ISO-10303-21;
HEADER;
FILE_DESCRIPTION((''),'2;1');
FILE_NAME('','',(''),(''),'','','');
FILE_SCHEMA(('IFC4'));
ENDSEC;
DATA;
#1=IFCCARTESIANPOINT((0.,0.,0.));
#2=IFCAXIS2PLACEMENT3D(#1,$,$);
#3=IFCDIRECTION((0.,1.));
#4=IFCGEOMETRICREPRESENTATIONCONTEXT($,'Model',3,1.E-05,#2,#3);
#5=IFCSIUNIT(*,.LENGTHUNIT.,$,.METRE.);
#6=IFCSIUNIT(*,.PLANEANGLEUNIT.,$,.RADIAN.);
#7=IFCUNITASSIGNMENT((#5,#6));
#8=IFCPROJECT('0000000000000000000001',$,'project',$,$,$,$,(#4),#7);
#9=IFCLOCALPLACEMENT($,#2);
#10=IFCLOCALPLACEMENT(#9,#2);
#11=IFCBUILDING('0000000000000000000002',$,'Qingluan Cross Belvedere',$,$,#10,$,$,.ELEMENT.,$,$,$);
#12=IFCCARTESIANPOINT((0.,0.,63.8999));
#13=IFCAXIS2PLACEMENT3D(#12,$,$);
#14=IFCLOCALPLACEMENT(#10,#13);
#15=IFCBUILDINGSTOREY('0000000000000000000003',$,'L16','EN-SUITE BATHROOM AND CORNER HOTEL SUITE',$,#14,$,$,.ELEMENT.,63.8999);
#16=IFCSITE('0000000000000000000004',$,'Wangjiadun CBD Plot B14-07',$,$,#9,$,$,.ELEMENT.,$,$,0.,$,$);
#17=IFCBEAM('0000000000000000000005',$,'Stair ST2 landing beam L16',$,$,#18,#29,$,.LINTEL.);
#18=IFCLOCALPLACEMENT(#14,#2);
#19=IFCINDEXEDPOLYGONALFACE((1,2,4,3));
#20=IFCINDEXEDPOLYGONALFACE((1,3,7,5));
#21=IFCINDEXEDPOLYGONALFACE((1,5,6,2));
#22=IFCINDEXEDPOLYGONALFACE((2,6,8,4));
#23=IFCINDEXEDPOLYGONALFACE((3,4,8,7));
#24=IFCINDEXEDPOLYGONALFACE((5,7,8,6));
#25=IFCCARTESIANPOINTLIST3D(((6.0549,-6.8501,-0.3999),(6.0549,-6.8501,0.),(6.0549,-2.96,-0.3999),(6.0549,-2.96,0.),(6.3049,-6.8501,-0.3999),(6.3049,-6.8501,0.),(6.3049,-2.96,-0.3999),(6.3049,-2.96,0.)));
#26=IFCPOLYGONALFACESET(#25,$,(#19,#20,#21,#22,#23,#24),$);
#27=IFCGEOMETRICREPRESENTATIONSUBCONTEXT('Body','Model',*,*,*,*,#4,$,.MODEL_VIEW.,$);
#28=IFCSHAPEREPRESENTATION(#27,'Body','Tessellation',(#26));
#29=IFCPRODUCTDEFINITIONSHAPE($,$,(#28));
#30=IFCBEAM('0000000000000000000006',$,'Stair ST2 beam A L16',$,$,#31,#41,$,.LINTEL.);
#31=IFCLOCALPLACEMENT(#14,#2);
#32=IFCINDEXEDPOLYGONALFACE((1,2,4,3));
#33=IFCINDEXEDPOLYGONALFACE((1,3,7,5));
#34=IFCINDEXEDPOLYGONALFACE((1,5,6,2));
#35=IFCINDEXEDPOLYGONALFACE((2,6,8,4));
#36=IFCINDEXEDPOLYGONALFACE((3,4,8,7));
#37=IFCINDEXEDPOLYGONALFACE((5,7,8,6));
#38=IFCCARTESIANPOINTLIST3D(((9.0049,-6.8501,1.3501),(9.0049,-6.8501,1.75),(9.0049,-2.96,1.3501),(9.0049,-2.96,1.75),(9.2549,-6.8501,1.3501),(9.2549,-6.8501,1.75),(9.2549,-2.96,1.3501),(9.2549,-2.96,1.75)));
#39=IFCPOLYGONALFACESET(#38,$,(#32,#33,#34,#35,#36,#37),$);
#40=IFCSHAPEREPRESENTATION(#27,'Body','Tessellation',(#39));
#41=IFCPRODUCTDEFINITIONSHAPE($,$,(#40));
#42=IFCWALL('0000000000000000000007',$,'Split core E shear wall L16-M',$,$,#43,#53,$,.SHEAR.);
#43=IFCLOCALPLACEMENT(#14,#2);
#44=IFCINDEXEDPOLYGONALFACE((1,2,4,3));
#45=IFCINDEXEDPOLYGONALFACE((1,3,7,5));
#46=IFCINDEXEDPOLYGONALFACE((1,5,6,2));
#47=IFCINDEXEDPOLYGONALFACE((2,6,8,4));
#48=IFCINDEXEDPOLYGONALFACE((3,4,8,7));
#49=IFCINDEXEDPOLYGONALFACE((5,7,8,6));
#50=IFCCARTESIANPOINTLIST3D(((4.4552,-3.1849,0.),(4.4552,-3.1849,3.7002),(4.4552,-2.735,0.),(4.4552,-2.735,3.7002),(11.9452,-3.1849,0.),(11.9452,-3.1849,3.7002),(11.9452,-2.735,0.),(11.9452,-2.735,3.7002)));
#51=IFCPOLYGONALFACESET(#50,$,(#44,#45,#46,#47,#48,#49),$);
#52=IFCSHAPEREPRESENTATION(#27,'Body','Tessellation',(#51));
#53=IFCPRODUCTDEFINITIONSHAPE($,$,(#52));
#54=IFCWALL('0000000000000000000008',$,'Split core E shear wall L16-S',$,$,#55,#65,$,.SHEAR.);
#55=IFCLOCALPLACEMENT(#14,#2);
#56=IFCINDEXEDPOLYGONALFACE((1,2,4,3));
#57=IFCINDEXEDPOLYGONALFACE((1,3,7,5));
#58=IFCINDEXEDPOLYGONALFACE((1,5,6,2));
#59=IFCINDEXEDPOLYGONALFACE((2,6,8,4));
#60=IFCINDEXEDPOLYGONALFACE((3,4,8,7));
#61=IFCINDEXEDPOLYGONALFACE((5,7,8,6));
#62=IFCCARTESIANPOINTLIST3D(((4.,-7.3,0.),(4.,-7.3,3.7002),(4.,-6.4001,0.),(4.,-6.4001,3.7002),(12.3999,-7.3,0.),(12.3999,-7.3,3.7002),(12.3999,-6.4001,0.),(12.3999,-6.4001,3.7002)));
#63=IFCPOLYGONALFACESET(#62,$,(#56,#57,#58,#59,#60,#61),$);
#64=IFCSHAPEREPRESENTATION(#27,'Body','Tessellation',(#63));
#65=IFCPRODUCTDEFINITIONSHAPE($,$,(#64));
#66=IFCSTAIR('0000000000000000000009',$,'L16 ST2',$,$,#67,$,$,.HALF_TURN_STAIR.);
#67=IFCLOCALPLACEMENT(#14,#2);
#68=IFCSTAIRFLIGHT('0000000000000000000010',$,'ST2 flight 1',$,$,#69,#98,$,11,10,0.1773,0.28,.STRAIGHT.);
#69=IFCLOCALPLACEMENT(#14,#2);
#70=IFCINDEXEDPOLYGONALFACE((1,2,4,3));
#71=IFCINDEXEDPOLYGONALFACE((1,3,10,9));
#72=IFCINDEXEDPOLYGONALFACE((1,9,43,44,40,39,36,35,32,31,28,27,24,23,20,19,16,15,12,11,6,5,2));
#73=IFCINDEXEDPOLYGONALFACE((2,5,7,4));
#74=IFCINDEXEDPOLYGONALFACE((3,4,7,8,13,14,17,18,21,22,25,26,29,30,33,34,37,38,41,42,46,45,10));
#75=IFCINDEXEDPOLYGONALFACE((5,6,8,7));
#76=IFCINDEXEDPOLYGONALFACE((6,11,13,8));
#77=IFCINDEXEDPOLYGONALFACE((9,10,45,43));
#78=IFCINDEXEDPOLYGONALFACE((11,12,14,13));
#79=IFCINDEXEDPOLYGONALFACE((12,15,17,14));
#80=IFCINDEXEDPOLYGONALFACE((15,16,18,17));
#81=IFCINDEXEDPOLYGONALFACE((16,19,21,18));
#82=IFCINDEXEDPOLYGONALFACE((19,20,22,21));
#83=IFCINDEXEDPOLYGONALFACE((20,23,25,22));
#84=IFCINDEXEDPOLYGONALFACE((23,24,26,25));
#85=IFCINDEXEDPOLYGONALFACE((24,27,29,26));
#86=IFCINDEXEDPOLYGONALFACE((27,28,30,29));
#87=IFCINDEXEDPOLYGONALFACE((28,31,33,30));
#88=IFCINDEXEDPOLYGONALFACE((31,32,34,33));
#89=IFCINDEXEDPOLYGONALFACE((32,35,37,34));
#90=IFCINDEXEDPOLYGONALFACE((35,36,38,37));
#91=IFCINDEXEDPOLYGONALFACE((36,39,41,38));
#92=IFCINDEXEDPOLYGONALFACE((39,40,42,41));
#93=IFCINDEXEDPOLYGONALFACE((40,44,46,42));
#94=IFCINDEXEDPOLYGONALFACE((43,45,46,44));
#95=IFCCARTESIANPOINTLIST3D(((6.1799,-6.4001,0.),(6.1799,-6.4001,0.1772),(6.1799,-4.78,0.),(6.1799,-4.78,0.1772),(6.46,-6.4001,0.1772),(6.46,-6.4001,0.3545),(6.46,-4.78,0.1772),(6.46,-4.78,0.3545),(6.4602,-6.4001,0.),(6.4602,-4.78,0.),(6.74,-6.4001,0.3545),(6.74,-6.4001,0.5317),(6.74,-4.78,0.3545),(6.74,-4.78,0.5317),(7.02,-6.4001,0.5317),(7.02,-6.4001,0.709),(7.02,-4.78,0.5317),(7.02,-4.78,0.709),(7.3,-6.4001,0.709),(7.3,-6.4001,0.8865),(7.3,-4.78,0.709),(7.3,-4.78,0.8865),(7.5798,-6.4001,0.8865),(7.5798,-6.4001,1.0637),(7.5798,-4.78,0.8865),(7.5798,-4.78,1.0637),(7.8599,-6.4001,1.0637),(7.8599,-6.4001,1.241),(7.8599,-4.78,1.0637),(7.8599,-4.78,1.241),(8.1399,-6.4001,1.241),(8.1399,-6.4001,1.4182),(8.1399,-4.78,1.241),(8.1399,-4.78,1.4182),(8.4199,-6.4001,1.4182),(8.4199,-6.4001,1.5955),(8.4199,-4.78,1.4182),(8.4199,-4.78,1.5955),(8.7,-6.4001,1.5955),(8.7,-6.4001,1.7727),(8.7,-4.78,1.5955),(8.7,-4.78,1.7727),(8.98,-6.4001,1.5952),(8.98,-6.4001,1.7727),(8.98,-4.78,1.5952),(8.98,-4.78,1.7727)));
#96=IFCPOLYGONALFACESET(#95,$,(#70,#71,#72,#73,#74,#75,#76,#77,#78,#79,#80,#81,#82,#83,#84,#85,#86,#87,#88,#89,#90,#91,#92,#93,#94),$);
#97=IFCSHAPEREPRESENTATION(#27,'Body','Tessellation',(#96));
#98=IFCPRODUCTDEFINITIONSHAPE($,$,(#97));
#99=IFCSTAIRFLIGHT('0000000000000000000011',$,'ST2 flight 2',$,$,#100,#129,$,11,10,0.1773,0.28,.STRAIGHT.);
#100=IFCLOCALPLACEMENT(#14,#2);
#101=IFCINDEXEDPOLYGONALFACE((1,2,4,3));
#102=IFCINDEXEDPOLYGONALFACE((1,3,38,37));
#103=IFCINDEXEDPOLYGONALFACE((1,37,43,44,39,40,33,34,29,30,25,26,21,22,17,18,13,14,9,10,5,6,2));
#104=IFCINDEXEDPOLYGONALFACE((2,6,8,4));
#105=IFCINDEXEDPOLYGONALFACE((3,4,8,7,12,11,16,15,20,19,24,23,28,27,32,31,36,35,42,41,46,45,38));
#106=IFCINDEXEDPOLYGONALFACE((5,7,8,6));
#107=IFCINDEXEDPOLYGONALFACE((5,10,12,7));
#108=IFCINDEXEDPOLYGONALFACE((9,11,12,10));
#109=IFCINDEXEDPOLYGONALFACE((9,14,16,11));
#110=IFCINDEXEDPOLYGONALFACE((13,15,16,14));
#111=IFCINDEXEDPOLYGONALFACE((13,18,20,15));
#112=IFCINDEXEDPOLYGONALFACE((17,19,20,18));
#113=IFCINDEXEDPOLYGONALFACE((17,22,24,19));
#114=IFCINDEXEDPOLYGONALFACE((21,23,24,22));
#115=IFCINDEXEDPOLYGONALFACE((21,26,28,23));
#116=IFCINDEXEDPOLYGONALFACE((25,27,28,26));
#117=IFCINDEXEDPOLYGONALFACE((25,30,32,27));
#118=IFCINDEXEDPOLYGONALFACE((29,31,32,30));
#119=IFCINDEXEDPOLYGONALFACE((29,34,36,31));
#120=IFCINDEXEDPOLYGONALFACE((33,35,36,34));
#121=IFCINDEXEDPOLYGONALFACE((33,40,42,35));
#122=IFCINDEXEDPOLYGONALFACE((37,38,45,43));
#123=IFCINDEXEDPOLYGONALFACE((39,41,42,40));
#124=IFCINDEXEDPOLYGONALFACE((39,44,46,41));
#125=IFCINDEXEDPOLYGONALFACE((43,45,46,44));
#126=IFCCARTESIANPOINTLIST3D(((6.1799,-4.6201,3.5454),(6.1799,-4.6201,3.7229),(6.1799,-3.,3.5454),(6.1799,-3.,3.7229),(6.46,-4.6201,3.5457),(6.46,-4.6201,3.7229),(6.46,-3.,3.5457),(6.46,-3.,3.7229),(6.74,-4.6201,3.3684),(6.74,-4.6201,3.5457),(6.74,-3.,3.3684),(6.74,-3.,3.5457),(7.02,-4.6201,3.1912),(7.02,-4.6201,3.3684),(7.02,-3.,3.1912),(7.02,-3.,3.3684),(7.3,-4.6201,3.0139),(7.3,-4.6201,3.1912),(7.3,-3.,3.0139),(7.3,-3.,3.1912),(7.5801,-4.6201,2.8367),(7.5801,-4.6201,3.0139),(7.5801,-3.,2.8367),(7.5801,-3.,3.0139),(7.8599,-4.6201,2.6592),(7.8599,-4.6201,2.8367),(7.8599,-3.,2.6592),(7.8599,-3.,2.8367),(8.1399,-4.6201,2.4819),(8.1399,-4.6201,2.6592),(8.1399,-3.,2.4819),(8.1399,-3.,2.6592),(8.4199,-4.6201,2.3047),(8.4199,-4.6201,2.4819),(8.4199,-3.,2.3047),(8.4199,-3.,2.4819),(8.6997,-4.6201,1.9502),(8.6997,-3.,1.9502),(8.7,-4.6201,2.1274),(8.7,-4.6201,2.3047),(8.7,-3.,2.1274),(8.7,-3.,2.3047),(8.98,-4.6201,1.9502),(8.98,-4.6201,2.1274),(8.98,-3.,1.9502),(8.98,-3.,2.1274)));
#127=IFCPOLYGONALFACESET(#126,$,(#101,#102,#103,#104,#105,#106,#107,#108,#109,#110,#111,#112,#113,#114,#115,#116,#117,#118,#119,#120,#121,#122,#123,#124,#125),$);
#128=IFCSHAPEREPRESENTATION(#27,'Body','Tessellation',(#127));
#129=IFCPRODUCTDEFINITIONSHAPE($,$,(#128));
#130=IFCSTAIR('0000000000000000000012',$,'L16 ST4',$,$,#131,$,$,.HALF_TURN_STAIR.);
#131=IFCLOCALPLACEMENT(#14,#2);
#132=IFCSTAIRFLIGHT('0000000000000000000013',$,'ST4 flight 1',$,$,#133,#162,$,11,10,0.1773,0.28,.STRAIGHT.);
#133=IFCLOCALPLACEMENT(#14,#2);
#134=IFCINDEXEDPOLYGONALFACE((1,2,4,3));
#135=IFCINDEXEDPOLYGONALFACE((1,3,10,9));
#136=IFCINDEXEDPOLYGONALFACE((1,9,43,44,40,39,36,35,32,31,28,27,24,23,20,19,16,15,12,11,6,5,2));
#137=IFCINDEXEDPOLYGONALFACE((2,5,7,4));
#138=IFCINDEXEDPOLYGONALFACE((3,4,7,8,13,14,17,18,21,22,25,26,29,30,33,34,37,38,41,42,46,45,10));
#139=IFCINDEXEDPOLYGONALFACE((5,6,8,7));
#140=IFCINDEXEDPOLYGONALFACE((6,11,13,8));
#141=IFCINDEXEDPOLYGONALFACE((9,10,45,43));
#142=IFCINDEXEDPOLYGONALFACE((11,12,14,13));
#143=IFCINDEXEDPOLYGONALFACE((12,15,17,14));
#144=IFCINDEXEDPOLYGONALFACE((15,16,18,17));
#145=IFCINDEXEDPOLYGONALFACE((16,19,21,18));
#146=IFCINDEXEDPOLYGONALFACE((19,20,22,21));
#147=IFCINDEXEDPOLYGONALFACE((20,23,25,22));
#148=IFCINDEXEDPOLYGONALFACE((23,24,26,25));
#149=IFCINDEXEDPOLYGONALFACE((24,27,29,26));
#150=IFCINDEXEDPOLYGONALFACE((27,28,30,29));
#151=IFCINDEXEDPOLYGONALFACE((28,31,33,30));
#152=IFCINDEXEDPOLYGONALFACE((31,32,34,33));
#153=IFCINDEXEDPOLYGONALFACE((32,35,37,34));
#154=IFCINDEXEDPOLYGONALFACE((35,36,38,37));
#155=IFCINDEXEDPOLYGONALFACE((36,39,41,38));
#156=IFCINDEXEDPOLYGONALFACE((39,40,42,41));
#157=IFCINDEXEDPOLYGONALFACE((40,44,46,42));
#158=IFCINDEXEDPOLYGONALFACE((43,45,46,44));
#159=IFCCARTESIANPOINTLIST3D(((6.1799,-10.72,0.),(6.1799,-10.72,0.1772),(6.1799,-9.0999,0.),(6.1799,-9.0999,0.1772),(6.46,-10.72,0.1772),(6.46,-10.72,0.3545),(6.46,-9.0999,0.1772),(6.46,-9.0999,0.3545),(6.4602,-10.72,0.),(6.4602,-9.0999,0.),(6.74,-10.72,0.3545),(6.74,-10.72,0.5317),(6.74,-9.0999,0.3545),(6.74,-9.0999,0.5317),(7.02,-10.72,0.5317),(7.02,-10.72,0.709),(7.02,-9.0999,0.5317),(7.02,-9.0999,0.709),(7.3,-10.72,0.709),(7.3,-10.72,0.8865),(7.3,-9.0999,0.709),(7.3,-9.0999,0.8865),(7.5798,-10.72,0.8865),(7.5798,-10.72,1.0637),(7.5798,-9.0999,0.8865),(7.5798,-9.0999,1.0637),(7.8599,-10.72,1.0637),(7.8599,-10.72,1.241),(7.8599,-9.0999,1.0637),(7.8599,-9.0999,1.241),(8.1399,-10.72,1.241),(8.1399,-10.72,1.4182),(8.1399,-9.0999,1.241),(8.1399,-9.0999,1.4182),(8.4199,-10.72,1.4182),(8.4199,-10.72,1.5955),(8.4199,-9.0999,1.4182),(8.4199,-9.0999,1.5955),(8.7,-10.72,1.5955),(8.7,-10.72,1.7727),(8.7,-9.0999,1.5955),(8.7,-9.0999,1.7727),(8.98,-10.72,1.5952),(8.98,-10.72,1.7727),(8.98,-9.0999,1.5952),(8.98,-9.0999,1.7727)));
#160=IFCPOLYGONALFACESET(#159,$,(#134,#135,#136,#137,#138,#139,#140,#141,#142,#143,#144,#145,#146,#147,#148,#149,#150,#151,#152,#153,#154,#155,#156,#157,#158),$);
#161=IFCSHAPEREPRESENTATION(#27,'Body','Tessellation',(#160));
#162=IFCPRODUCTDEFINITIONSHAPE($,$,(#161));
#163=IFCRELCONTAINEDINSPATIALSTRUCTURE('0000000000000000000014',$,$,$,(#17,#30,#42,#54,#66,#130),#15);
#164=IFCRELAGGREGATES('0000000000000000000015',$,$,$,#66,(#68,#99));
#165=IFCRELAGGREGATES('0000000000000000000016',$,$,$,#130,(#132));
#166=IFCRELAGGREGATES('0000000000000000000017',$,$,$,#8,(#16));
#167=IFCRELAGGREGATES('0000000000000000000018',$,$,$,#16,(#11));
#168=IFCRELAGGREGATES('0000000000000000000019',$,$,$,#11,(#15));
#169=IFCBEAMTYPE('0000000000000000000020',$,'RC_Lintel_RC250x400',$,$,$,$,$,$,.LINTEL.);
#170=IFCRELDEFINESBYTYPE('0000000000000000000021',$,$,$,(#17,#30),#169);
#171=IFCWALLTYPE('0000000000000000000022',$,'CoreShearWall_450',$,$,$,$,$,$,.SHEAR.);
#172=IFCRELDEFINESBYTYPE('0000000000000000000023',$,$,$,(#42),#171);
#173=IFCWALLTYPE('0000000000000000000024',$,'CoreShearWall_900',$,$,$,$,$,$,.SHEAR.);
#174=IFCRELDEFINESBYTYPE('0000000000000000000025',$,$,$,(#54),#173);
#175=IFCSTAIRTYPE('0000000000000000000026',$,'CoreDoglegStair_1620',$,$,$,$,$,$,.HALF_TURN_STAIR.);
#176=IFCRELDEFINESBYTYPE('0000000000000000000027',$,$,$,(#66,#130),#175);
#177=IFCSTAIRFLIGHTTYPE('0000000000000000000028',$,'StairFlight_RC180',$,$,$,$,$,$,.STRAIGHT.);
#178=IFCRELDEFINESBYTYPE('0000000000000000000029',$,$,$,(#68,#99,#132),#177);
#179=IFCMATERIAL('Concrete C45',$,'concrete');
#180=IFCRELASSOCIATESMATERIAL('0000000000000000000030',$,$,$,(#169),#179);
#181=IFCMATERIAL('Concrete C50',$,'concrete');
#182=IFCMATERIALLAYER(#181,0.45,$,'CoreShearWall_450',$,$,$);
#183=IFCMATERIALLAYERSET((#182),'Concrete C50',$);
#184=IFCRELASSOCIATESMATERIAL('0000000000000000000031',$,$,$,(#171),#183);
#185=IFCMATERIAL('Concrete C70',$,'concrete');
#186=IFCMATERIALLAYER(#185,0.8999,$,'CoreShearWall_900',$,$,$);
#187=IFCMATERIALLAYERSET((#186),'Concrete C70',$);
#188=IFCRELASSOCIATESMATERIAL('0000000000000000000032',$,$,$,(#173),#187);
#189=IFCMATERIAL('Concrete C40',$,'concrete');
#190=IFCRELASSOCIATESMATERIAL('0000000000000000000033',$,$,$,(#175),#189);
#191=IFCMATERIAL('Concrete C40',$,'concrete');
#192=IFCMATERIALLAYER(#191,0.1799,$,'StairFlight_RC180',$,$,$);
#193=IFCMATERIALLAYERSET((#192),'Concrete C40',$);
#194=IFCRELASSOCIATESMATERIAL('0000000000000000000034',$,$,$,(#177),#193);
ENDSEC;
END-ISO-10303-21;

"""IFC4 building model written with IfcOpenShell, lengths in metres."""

from ifc_helpers import new_model, si_unit, direction, frame, frame_2d, origin, origin_2d, place, context, subcontext, project, spatial, polyline, rectangle, outline, extrude, material, layer, layer_set, material_profile, profile_set, type_object, element, aggregate, save


model = new_model("IFC4")

# Units and contexts
model_context = context("Model", 3, precision=1e-05, world=origin(), true_north=direction((0.0, 1.0)))
body_context = subcontext(model_context, "Body", "Model", "MODEL_VIEW")
ifc_project = project(units=[si_unit("LENGTHUNIT", "METRE"), si_unit("PLANEANGLEUNIT", "RADIAN")], contexts=[model_context])

# Site, building, storey
site_placement = place(None, origin())
site = spatial("IfcSite", under=ifc_project, at=site_placement, Name="Wangjiadun CBD Plot B14-07", CompositionType="ELEMENT", RefElevation=0.0)
building_placement = place(site_placement, origin())
building = spatial("IfcBuilding", under=site, at=building_placement, Name="Qingluan Cross Belvedere", CompositionType="ELEMENT")
storey_placement = place(building_placement, frame((0.0, 0.0, 63.8999)))
storey = spatial("IfcBuildingStorey", under=building, at=storey_placement, Name="L16", Description="EN-SUITE BATHROOM AND CORNER HOTEL SUITE", CompositionType="ELEMENT", Elevation=63.8999)

# Beams
ifc_material_1 = material(Name="Concrete C45", Category="concrete")
ifc_material_profile = material_profile(ifc_material_1, rectangle(XDim=0.25, YDim=0.3999, at=origin_2d()), Name="RC250x400")
ifc_profile_set = profile_set([ifc_material_profile], Name="Concrete C45")
beam_type = type_object("IfcBeamType", Name="RC_Lintel_RC250x400", PredefinedType="LINTEL", material=ifc_profile_set)
for number, where, z_axis, x_axis, name in (
    (1, (6.1799, -6.8501, -0.2), (0.0, 1.0, 0.0), (-1.0, 0.0, 0.0), "Stair ST2 landing beam L16"),
    (2, (9.1299, -6.8501, 1.55), (0.0, 1.0, 0.0), (-1.0, 0.0, 0.0), "Stair ST2 beam A L16"),
):
    element("IfcBeam", number, at=place(storey_placement, frame(where, z_axis=z_axis, x_axis=x_axis)), inside=storey, type_object=beam_type, Name=name, PredefinedType="LINTEL", context=body_context, shape_type="SweptSolid", body=[
        extrude(rectangle(XDim=0.25, YDim=0.3999, at=origin_2d()), origin(), (0.0, 0.0, 1.0), 3.8901),
    ])

# Walls
ifc_material_2 = material(Name="Concrete C50", Category="concrete")
ifc_layer_1 = layer(ifc_material_2, 0.45, Name="CoreShearWall_450")
ifc_layer_set_1 = layer_set([ifc_layer_1], Name="Concrete C50")
wall_type_1 = type_object("IfcWallType", Name="CoreShearWall_450", PredefinedType="SHEAR", material=ifc_layer_set_1)
wall_1_placement = place(storey_placement, frame((4.4551, -2.96, 0.0), z_axis=(0.0, 0.0, 1.0), x_axis=(1.0, 0.0, 0.0)))
element("IfcWall", 3, at=wall_1_placement, inside=storey, type_object=wall_type_1, Name="Split core E shear wall L16-M", PredefinedType="SHEAR", context=body_context, shape_type="SweptSolid", body=[
    extrude(rectangle(XDim=7.49, YDim=0.45, at=frame_2d((3.7451, 0.0))), origin(), (0.0, 0.0, 1.0), 3.7002),
])
ifc_material_3 = material(Name="Concrete C70", Category="concrete")
ifc_layer_2 = layer(ifc_material_3, 0.8999, Name="CoreShearWall_900")
ifc_layer_set_2 = layer_set([ifc_layer_2], Name="Concrete C70")
wall_type_2 = type_object("IfcWallType", Name="CoreShearWall_900", PredefinedType="SHEAR", material=ifc_layer_set_2)
wall_2_placement = place(storey_placement, frame((4.0, -6.8501, 0.0), z_axis=(0.0, 0.0, 1.0), x_axis=(1.0, 0.0, 0.0)))
element("IfcWall", 4, at=wall_2_placement, inside=storey, type_object=wall_type_2, Name="Split core E shear wall L16-S", PredefinedType="SHEAR", context=body_context, shape_type="SweptSolid", body=[
    extrude(rectangle(XDim=8.3999, YDim=0.8999, at=frame_2d((4.2, 0.0))), origin(), (0.0, 0.0, 1.0), 3.7002),
])

# Stairs, stair flights
ifc_material_4 = material(Name="Concrete C40", Category="concrete")
stair_type = type_object("IfcStairType", Name="CoreDoglegStair_1620", PredefinedType="HALF_TURN_STAIR", material=ifc_material_4)
stair_1_placement = place(storey_placement, origin())
stair_1 = element("IfcStair", 5, at=stair_1_placement, inside=storey, type_object=stair_type, Name="L16 ST2", PredefinedType="HALF_TURN_STAIR")
ifc_material_5 = material(Name="Concrete C40", Category="concrete")
ifc_layer_3 = layer(ifc_material_5, 0.1799, Name="StairFlight_RC180")
ifc_layer_set_3 = layer_set([ifc_layer_3], Name="Concrete C40")
stair_flight_type = type_object("IfcStairFlightType", Name="StairFlight_RC180", PredefinedType="STRAIGHT", material=ifc_layer_set_3)
stair_flight_1_placement = place(storey_placement, frame((6.1799, -5.5901, 0.0), z_axis=(0.0, 0.0, 1.0), x_axis=(1.0, 0.0, 0.0)))
stair_flight_1 = element("IfcStairFlight", 6, at=stair_flight_1_placement, type_object=stair_flight_type, Name="ST2 flight 1", NumberOfRisers=11, NumberOfTreads=10, PredefinedType="STRAIGHT", RiserHeight=0.1773, TreadLength=0.28, context=body_context, shape_type="SweptSolid", body=[
    extrude(outline(polyline([(0.0, 0.0), (0.0, 0.1772), (0.28, 0.1772), (0.28, 0.3545), (0.5601, 0.3545), (0.5601, 0.5317), (0.8401, 0.5317), (0.8401, 0.709), (1.1201, 0.709), (1.1201, 0.8865), (1.3999, 0.8865), (1.3999, 1.0637), (1.6799, 1.0637), (1.6799, 1.241), (1.96, 1.241), (1.96, 1.4182), (2.24, 1.4182), (2.24, 1.5955), (2.52, 1.5955), (2.52, 1.7727), (2.8, 1.7727), (2.8, 1.95), (2.8, 1.5952), (0.2803, 0.0), (0.0, 0.0)])), frame((0.0, 0.8101, 0.0), z_axis=(0.0, -1.0, 0.0), x_axis=(1.0, 0.0, 0.0)), (0.0, 0.0, 1.0), 1.6201),
])
stair_flight_2_placement = place(storey_placement, frame((8.98, -3.8101, 1.9502), z_axis=(0.0, 0.0, 1.0), x_axis=(-1.0, 0.0, 0.0)))
stair_flight_2 = element("IfcStairFlight", 7, at=stair_flight_2_placement, type_object=stair_flight_type, Name="ST2 flight 2", NumberOfRisers=11, NumberOfTreads=10, PredefinedType="STRAIGHT", RiserHeight=0.1773, TreadLength=0.28, context=body_context, shape_type="SweptSolid", body=[
    extrude(outline(polyline([(0.0, 0.0), (0.0, 0.1772), (0.28, 0.1772), (0.28, 0.3545), (0.5601, 0.3545), (0.5601, 0.5317), (0.8401, 0.5317), (0.8401, 0.709), (1.1201, 0.709), (1.1201, 0.8865), (1.3999, 0.8865), (1.3999, 1.0637), (1.6799, 1.0637), (1.6799, 1.241), (1.96, 1.241), (1.96, 1.4182), (2.24, 1.4182), (2.24, 1.5955), (2.52, 1.5955), (2.52, 1.7727), (2.8, 1.7727), (2.8, 1.95), (2.8, 1.5952), (0.2803, 0.0), (0.0, 0.0)])), frame((0.0, 0.8101, 0.0), z_axis=(0.0, -1.0, 0.0), x_axis=(1.0, 0.0, 0.0)), (0.0, 0.0, 1.0), 1.6201),
])
aggregate(stair_1, [stair_flight_1, stair_flight_2])
stair_2_placement = place(storey_placement, origin())
stair_2 = element("IfcStair", 8, at=stair_2_placement, inside=storey, type_object=stair_type, Name="L16 ST4", PredefinedType="HALF_TURN_STAIR")
stair_flight_3_placement = place(storey_placement, frame((6.1799, -9.9099, 0.0), z_axis=(0.0, 0.0, 1.0), x_axis=(1.0, 0.0, 0.0)))
stair_flight_3 = element("IfcStairFlight", 9, at=stair_flight_3_placement, type_object=stair_flight_type, Name="ST4 flight 1", NumberOfRisers=11, NumberOfTreads=10, PredefinedType="STRAIGHT", RiserHeight=0.1773, TreadLength=0.28, context=body_context, shape_type="SweptSolid", body=[
    extrude(outline(polyline([(0.0, 0.0), (0.0, 0.1772), (0.28, 0.1772), (0.28, 0.3545), (0.5601, 0.3545), (0.5601, 0.5317), (0.8401, 0.5317), (0.8401, 0.709), (1.1201, 0.709), (1.1201, 0.8865), (1.3999, 0.8865), (1.3999, 1.0637), (1.6799, 1.0637), (1.6799, 1.241), (1.96, 1.241), (1.96, 1.4182), (2.24, 1.4182), (2.24, 1.5955), (2.52, 1.5955), (2.52, 1.7727), (2.8, 1.7727), (2.8, 1.95), (2.8, 1.5952), (0.2803, 0.0), (0.0, 0.0)])), frame((0.0, 0.8101, 0.0), z_axis=(0.0, -1.0, 0.0), x_axis=(1.0, 0.0, 0.0)), (0.0, 0.0, 1.0), 1.6201),
])
aggregate(stair_2, [stair_flight_3])

save(model, "model.ifc")
